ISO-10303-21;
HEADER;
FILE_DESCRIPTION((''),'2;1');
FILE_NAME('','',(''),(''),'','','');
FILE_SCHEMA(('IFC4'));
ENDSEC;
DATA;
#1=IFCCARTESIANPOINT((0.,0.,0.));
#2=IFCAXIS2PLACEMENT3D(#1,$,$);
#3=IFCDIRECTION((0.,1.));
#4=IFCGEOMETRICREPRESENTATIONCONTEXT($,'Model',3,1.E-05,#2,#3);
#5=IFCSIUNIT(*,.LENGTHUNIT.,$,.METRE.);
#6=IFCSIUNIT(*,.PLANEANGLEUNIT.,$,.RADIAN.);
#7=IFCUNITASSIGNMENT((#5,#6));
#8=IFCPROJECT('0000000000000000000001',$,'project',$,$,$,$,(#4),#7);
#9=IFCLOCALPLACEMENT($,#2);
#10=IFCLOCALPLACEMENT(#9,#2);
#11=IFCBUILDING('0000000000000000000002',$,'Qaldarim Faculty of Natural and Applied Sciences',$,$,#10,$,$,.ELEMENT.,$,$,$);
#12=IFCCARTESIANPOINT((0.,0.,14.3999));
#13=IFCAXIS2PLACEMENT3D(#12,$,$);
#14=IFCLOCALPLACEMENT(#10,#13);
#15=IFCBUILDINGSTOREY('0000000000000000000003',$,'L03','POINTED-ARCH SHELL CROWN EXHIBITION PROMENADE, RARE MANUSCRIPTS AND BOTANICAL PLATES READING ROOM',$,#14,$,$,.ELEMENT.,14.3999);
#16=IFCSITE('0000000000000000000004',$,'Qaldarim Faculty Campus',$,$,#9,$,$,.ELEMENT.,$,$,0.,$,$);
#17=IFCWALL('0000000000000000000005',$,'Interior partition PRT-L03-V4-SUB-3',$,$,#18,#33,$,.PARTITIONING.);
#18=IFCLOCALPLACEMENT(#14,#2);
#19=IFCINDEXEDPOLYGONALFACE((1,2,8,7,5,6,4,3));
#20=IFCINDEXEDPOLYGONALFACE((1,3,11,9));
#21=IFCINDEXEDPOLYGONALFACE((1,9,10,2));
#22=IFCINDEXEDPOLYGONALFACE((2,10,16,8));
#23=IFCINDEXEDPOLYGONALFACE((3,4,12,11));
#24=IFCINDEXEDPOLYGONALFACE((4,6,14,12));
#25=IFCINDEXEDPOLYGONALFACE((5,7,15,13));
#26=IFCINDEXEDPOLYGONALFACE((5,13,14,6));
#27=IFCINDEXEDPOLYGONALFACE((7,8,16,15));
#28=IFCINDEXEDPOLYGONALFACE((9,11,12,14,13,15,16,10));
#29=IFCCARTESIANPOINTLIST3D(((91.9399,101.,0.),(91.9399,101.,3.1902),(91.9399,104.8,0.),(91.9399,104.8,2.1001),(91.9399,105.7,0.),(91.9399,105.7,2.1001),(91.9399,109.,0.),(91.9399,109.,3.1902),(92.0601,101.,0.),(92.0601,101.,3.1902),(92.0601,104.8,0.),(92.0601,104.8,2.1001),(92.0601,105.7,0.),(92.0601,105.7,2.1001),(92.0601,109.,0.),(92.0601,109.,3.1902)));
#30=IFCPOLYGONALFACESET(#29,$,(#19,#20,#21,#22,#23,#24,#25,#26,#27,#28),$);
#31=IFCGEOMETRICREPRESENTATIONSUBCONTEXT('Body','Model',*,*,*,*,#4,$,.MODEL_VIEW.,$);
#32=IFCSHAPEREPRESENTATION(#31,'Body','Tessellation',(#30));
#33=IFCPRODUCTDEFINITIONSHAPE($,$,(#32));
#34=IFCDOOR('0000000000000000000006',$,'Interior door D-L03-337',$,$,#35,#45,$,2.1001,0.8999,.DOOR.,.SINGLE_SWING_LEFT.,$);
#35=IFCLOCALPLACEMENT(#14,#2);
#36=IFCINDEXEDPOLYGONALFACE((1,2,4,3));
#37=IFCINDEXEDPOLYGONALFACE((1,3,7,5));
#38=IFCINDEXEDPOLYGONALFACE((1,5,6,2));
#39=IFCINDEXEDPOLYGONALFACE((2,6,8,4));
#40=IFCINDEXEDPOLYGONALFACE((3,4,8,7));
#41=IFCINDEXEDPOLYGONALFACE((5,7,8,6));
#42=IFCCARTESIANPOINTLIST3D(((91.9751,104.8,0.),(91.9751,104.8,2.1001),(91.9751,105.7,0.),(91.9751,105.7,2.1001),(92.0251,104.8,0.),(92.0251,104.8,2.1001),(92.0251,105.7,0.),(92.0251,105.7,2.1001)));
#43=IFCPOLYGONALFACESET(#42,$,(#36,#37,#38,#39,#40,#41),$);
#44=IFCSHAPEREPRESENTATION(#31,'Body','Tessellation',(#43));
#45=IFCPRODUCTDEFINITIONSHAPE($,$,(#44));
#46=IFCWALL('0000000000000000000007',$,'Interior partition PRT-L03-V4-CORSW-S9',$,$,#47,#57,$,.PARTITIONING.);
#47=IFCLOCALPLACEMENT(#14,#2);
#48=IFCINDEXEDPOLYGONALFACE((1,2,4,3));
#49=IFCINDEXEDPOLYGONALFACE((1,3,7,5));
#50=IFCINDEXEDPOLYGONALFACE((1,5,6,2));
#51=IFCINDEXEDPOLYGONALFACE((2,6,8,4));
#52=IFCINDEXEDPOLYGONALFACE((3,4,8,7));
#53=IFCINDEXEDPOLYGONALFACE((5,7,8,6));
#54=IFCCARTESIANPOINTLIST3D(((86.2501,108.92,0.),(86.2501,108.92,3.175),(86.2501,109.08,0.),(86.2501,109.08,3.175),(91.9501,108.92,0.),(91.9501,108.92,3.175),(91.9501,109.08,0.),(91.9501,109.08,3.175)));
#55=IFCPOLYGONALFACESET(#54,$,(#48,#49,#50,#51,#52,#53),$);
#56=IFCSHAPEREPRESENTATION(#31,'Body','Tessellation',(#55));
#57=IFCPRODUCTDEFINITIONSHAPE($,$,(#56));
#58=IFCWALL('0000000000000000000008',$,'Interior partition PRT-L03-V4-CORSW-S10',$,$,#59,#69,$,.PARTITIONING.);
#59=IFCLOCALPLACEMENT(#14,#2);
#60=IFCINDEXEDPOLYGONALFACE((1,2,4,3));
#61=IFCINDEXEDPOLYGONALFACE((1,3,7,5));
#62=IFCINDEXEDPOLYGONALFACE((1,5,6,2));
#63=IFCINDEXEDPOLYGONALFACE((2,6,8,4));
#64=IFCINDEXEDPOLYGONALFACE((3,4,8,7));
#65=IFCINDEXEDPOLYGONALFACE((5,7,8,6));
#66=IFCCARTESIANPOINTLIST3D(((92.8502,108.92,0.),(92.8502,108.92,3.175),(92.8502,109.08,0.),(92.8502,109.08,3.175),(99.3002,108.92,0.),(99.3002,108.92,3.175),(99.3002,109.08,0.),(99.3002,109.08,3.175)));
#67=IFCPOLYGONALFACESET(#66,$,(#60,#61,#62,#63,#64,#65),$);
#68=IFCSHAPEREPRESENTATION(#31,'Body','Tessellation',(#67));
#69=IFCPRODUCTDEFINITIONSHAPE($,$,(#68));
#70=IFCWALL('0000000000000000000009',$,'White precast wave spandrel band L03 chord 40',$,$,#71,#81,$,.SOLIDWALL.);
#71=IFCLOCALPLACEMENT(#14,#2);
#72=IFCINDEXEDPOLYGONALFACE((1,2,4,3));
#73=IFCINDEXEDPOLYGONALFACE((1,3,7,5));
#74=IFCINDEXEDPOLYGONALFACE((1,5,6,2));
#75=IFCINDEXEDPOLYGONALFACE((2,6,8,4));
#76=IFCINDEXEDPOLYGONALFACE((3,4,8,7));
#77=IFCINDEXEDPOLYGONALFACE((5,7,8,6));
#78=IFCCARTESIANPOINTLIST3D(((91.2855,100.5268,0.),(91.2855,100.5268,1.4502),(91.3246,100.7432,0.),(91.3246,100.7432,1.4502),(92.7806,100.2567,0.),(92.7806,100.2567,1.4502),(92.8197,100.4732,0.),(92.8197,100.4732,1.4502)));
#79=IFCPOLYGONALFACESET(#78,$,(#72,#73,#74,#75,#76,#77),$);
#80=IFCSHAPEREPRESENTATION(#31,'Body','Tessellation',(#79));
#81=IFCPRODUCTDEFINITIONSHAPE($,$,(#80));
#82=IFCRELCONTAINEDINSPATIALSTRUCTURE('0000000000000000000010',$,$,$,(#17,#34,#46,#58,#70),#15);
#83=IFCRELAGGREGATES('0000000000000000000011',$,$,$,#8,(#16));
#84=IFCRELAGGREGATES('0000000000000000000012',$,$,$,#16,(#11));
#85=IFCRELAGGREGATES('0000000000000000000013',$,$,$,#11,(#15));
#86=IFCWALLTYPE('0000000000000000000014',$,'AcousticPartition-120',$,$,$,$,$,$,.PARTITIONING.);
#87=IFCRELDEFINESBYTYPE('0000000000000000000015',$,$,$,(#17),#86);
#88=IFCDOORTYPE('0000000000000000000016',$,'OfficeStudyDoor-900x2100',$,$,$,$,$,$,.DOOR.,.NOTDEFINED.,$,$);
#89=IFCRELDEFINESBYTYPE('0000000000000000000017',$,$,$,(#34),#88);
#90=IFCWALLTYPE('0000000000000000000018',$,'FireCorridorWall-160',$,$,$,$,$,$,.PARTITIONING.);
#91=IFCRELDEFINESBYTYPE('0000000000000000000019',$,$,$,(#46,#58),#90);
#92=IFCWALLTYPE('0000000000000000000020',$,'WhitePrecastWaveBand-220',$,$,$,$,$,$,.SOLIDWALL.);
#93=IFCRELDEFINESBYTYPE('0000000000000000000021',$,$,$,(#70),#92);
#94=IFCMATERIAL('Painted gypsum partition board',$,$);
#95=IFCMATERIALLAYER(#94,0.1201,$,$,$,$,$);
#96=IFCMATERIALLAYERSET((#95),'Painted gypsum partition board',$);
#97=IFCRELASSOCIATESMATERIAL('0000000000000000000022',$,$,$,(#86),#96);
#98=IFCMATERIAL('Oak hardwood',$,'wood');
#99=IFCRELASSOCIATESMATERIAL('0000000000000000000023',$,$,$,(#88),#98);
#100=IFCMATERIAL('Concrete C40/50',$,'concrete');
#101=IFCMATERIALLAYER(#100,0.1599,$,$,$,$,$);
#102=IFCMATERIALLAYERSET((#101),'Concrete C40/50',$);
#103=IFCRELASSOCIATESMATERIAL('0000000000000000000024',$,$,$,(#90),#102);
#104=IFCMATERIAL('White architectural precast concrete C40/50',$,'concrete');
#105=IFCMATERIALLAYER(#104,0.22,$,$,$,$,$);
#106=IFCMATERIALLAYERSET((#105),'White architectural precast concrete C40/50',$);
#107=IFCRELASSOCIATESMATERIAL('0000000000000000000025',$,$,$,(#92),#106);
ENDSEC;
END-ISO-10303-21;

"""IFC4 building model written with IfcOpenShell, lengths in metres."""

from ifc_helpers import new_model, si_unit, direction, frame, frame_2d, origin, place, context, subcontext, project, spatial, rectangle, extrude, material, layer, layer_set, type_object, element, fill, save


model = new_model("IFC4")

# Units and contexts
model_context = context("Model", 3, precision=1e-05, world=origin(), true_north=direction((0.0, 1.0)))
body_context = subcontext(model_context, "Body", "Model", "MODEL_VIEW")
ifc_project = project(units=[si_unit("LENGTHUNIT", "METRE"), si_unit("PLANEANGLEUNIT", "RADIAN")], contexts=[model_context])

# Site, building, storey
site_placement = place(None, origin())
site = spatial("IfcSite", under=ifc_project, at=site_placement, Name="Qaldarim Faculty Campus", CompositionType="ELEMENT", RefElevation=0.0)
building_placement = place(site_placement, origin())
building = spatial("IfcBuilding", under=site, at=building_placement, Name="Qaldarim Faculty of Natural and Applied Sciences", CompositionType="ELEMENT")
storey_placement = place(building_placement, frame((0.0, 0.0, 14.3999)))
storey = spatial("IfcBuildingStorey", under=building, at=storey_placement, Name="L03", Description="POINTED-ARCH SHELL CROWN EXHIBITION PROMENADE, RARE MANUSCRIPTS AND BOTANICAL PLATES READING ROOM", CompositionType="ELEMENT", Elevation=14.3999)

# Shared definitions
ifc_material_1 = material(Name="Concrete C40/50", Category="concrete")

# Wall, opening, door
ifc_material_2 = material(Name="Painted gypsum partition board")
ifc_layer_1 = layer(ifc_material_2, 0.1201)
ifc_layer_set_1 = layer_set([ifc_layer_1], Name="Painted gypsum partition board")
wall_type_1 = type_object("IfcWallType", Name="AcousticPartition-120", PredefinedType="PARTITIONING", material=ifc_layer_set_1)
wall_1_placement = place(storey_placement, frame((92.0, 101.0, 0.0), z_axis=(0.0, 0.0, 1.0), x_axis=(0.0, 1.0, 0.0)))
wall_1 = element("IfcWall", 1, at=wall_1_placement, inside=storey, type_object=wall_type_1, Name="Interior partition PRT-L03-V4-SUB-3", PredefinedType="PARTITIONING", context=body_context, shape_type="SweptSolid", body=[
    extrude(rectangle(XDim=8.0, YDim=0.1201, at=frame_2d((4.0, 0.0))), origin(), (0.0, 0.0, 1.0), 3.1902),
])
opening_placement = place(wall_1_placement, frame((3.8, 0.0, 0.0)))
opening = element("IfcOpeningElement", 2, at=opening_placement, cuts=wall_1, PredefinedType="OPENING", context=body_context, shape_type="SweptSolid", body=[
    extrude(rectangle(XDim=0.8999, YDim=2.1001, at=frame_2d((0.45, 1.05))), frame((0.0, 0.0701, 0.0), z_axis=(0.0, -1.0, 0.0), x_axis=(1.0, 0.0, 0.0)), (0.0, 0.0, 1.0), 0.1401),
])
ifc_material_3 = material(Name="Oak hardwood", Category="wood")
door_type = type_object("IfcDoorType", Name="OfficeStudyDoor-900x2100", OperationType="NOTDEFINED", PredefinedType="DOOR", material=ifc_material_3)
door_placement = place(opening_placement, origin())
door = element("IfcDoor", 3, at=door_placement, inside=storey, type_object=door_type, Name="Interior door D-L03-337", OperationType="SINGLE_SWING_LEFT", OverallHeight=2.1001, OverallWidth=0.8999, PredefinedType="DOOR", context=body_context, shape_type="SweptSolid", body=[
    extrude(rectangle(XDim=0.8999, YDim=2.1001, at=frame_2d((0.45, 1.05))), frame((0.0, 0.0249, 0.0), z_axis=(0.0, -1.0, 0.0), x_axis=(1.0, 0.0, 0.0)), (0.0, 0.0, 1.0), 0.05),
])
fill(opening, door)

# Walls
ifc_layer_2 = layer(ifc_material_1, 0.1599)
ifc_layer_set_2 = layer_set([ifc_layer_2], Name="Concrete C40/50")
wall_type_2 = type_object("IfcWallType", Name="FireCorridorWall-160", PredefinedType="PARTITIONING", material=ifc_layer_set_2)
wall_2_placement = place(storey_placement, frame((86.25, 109.0, 0.0), z_axis=(0.0, 0.0, 1.0), x_axis=(1.0, 0.0, 0.0)))
element("IfcWall", 4, at=wall_2_placement, inside=storey, type_object=wall_type_2, Name="Interior partition PRT-L03-V4-CORSW-S9", PredefinedType="PARTITIONING", context=body_context, shape_type="SweptSolid", body=[
    extrude(rectangle(XDim=5.7, YDim=0.1599, at=frame_2d((2.8501, 0.0))), origin(), (0.0, 0.0, 1.0), 3.175),
])
wall_3_placement = place(storey_placement, frame((92.8501, 109.0, 0.0), z_axis=(0.0, 0.0, 1.0), x_axis=(1.0, 0.0, 0.0)))
element("IfcWall", 5, at=wall_3_placement, inside=storey, type_object=wall_type_2, Name="Interior partition PRT-L03-V4-CORSW-S10", PredefinedType="PARTITIONING", context=body_context, shape_type="SweptSolid", body=[
    extrude(rectangle(XDim=6.45, YDim=0.1599, at=frame_2d((3.2251, 0.0))), origin(), (0.0, 0.0, 1.0), 3.175),
])
ifc_material_4 = material(Name="White architectural precast concrete C40/50", Category="concrete")
ifc_layer_3 = layer(ifc_material_4, 0.22)
ifc_layer_set_3 = layer_set([ifc_layer_3], Name="White architectural precast concrete C40/50")
wall_type_3 = type_object("IfcWallType", Name="WhitePrecastWaveBand-220", PredefinedType="SOLIDWALL", material=ifc_layer_set_3)
wall_4_placement = place(storey_placement, frame((91.3049, 100.635, 0.0), z_axis=(0.0, 0.0, 1.0), x_axis=(0.98408, -0.177726, 0.0)))
element("IfcWall", 6, at=wall_4_placement, inside=storey, type_object=wall_type_3, Name="White precast wave spandrel band L03 chord 40", PredefinedType="SOLIDWALL", context=body_context, shape_type="SweptSolid", body=[
    extrude(rectangle(XDim=1.5193, YDim=0.22, at=frame_2d((0.7598, 0.0))), origin(), (0.0, 0.0, 1.0), 1.4502),
])

save(model, "model.ifc")
